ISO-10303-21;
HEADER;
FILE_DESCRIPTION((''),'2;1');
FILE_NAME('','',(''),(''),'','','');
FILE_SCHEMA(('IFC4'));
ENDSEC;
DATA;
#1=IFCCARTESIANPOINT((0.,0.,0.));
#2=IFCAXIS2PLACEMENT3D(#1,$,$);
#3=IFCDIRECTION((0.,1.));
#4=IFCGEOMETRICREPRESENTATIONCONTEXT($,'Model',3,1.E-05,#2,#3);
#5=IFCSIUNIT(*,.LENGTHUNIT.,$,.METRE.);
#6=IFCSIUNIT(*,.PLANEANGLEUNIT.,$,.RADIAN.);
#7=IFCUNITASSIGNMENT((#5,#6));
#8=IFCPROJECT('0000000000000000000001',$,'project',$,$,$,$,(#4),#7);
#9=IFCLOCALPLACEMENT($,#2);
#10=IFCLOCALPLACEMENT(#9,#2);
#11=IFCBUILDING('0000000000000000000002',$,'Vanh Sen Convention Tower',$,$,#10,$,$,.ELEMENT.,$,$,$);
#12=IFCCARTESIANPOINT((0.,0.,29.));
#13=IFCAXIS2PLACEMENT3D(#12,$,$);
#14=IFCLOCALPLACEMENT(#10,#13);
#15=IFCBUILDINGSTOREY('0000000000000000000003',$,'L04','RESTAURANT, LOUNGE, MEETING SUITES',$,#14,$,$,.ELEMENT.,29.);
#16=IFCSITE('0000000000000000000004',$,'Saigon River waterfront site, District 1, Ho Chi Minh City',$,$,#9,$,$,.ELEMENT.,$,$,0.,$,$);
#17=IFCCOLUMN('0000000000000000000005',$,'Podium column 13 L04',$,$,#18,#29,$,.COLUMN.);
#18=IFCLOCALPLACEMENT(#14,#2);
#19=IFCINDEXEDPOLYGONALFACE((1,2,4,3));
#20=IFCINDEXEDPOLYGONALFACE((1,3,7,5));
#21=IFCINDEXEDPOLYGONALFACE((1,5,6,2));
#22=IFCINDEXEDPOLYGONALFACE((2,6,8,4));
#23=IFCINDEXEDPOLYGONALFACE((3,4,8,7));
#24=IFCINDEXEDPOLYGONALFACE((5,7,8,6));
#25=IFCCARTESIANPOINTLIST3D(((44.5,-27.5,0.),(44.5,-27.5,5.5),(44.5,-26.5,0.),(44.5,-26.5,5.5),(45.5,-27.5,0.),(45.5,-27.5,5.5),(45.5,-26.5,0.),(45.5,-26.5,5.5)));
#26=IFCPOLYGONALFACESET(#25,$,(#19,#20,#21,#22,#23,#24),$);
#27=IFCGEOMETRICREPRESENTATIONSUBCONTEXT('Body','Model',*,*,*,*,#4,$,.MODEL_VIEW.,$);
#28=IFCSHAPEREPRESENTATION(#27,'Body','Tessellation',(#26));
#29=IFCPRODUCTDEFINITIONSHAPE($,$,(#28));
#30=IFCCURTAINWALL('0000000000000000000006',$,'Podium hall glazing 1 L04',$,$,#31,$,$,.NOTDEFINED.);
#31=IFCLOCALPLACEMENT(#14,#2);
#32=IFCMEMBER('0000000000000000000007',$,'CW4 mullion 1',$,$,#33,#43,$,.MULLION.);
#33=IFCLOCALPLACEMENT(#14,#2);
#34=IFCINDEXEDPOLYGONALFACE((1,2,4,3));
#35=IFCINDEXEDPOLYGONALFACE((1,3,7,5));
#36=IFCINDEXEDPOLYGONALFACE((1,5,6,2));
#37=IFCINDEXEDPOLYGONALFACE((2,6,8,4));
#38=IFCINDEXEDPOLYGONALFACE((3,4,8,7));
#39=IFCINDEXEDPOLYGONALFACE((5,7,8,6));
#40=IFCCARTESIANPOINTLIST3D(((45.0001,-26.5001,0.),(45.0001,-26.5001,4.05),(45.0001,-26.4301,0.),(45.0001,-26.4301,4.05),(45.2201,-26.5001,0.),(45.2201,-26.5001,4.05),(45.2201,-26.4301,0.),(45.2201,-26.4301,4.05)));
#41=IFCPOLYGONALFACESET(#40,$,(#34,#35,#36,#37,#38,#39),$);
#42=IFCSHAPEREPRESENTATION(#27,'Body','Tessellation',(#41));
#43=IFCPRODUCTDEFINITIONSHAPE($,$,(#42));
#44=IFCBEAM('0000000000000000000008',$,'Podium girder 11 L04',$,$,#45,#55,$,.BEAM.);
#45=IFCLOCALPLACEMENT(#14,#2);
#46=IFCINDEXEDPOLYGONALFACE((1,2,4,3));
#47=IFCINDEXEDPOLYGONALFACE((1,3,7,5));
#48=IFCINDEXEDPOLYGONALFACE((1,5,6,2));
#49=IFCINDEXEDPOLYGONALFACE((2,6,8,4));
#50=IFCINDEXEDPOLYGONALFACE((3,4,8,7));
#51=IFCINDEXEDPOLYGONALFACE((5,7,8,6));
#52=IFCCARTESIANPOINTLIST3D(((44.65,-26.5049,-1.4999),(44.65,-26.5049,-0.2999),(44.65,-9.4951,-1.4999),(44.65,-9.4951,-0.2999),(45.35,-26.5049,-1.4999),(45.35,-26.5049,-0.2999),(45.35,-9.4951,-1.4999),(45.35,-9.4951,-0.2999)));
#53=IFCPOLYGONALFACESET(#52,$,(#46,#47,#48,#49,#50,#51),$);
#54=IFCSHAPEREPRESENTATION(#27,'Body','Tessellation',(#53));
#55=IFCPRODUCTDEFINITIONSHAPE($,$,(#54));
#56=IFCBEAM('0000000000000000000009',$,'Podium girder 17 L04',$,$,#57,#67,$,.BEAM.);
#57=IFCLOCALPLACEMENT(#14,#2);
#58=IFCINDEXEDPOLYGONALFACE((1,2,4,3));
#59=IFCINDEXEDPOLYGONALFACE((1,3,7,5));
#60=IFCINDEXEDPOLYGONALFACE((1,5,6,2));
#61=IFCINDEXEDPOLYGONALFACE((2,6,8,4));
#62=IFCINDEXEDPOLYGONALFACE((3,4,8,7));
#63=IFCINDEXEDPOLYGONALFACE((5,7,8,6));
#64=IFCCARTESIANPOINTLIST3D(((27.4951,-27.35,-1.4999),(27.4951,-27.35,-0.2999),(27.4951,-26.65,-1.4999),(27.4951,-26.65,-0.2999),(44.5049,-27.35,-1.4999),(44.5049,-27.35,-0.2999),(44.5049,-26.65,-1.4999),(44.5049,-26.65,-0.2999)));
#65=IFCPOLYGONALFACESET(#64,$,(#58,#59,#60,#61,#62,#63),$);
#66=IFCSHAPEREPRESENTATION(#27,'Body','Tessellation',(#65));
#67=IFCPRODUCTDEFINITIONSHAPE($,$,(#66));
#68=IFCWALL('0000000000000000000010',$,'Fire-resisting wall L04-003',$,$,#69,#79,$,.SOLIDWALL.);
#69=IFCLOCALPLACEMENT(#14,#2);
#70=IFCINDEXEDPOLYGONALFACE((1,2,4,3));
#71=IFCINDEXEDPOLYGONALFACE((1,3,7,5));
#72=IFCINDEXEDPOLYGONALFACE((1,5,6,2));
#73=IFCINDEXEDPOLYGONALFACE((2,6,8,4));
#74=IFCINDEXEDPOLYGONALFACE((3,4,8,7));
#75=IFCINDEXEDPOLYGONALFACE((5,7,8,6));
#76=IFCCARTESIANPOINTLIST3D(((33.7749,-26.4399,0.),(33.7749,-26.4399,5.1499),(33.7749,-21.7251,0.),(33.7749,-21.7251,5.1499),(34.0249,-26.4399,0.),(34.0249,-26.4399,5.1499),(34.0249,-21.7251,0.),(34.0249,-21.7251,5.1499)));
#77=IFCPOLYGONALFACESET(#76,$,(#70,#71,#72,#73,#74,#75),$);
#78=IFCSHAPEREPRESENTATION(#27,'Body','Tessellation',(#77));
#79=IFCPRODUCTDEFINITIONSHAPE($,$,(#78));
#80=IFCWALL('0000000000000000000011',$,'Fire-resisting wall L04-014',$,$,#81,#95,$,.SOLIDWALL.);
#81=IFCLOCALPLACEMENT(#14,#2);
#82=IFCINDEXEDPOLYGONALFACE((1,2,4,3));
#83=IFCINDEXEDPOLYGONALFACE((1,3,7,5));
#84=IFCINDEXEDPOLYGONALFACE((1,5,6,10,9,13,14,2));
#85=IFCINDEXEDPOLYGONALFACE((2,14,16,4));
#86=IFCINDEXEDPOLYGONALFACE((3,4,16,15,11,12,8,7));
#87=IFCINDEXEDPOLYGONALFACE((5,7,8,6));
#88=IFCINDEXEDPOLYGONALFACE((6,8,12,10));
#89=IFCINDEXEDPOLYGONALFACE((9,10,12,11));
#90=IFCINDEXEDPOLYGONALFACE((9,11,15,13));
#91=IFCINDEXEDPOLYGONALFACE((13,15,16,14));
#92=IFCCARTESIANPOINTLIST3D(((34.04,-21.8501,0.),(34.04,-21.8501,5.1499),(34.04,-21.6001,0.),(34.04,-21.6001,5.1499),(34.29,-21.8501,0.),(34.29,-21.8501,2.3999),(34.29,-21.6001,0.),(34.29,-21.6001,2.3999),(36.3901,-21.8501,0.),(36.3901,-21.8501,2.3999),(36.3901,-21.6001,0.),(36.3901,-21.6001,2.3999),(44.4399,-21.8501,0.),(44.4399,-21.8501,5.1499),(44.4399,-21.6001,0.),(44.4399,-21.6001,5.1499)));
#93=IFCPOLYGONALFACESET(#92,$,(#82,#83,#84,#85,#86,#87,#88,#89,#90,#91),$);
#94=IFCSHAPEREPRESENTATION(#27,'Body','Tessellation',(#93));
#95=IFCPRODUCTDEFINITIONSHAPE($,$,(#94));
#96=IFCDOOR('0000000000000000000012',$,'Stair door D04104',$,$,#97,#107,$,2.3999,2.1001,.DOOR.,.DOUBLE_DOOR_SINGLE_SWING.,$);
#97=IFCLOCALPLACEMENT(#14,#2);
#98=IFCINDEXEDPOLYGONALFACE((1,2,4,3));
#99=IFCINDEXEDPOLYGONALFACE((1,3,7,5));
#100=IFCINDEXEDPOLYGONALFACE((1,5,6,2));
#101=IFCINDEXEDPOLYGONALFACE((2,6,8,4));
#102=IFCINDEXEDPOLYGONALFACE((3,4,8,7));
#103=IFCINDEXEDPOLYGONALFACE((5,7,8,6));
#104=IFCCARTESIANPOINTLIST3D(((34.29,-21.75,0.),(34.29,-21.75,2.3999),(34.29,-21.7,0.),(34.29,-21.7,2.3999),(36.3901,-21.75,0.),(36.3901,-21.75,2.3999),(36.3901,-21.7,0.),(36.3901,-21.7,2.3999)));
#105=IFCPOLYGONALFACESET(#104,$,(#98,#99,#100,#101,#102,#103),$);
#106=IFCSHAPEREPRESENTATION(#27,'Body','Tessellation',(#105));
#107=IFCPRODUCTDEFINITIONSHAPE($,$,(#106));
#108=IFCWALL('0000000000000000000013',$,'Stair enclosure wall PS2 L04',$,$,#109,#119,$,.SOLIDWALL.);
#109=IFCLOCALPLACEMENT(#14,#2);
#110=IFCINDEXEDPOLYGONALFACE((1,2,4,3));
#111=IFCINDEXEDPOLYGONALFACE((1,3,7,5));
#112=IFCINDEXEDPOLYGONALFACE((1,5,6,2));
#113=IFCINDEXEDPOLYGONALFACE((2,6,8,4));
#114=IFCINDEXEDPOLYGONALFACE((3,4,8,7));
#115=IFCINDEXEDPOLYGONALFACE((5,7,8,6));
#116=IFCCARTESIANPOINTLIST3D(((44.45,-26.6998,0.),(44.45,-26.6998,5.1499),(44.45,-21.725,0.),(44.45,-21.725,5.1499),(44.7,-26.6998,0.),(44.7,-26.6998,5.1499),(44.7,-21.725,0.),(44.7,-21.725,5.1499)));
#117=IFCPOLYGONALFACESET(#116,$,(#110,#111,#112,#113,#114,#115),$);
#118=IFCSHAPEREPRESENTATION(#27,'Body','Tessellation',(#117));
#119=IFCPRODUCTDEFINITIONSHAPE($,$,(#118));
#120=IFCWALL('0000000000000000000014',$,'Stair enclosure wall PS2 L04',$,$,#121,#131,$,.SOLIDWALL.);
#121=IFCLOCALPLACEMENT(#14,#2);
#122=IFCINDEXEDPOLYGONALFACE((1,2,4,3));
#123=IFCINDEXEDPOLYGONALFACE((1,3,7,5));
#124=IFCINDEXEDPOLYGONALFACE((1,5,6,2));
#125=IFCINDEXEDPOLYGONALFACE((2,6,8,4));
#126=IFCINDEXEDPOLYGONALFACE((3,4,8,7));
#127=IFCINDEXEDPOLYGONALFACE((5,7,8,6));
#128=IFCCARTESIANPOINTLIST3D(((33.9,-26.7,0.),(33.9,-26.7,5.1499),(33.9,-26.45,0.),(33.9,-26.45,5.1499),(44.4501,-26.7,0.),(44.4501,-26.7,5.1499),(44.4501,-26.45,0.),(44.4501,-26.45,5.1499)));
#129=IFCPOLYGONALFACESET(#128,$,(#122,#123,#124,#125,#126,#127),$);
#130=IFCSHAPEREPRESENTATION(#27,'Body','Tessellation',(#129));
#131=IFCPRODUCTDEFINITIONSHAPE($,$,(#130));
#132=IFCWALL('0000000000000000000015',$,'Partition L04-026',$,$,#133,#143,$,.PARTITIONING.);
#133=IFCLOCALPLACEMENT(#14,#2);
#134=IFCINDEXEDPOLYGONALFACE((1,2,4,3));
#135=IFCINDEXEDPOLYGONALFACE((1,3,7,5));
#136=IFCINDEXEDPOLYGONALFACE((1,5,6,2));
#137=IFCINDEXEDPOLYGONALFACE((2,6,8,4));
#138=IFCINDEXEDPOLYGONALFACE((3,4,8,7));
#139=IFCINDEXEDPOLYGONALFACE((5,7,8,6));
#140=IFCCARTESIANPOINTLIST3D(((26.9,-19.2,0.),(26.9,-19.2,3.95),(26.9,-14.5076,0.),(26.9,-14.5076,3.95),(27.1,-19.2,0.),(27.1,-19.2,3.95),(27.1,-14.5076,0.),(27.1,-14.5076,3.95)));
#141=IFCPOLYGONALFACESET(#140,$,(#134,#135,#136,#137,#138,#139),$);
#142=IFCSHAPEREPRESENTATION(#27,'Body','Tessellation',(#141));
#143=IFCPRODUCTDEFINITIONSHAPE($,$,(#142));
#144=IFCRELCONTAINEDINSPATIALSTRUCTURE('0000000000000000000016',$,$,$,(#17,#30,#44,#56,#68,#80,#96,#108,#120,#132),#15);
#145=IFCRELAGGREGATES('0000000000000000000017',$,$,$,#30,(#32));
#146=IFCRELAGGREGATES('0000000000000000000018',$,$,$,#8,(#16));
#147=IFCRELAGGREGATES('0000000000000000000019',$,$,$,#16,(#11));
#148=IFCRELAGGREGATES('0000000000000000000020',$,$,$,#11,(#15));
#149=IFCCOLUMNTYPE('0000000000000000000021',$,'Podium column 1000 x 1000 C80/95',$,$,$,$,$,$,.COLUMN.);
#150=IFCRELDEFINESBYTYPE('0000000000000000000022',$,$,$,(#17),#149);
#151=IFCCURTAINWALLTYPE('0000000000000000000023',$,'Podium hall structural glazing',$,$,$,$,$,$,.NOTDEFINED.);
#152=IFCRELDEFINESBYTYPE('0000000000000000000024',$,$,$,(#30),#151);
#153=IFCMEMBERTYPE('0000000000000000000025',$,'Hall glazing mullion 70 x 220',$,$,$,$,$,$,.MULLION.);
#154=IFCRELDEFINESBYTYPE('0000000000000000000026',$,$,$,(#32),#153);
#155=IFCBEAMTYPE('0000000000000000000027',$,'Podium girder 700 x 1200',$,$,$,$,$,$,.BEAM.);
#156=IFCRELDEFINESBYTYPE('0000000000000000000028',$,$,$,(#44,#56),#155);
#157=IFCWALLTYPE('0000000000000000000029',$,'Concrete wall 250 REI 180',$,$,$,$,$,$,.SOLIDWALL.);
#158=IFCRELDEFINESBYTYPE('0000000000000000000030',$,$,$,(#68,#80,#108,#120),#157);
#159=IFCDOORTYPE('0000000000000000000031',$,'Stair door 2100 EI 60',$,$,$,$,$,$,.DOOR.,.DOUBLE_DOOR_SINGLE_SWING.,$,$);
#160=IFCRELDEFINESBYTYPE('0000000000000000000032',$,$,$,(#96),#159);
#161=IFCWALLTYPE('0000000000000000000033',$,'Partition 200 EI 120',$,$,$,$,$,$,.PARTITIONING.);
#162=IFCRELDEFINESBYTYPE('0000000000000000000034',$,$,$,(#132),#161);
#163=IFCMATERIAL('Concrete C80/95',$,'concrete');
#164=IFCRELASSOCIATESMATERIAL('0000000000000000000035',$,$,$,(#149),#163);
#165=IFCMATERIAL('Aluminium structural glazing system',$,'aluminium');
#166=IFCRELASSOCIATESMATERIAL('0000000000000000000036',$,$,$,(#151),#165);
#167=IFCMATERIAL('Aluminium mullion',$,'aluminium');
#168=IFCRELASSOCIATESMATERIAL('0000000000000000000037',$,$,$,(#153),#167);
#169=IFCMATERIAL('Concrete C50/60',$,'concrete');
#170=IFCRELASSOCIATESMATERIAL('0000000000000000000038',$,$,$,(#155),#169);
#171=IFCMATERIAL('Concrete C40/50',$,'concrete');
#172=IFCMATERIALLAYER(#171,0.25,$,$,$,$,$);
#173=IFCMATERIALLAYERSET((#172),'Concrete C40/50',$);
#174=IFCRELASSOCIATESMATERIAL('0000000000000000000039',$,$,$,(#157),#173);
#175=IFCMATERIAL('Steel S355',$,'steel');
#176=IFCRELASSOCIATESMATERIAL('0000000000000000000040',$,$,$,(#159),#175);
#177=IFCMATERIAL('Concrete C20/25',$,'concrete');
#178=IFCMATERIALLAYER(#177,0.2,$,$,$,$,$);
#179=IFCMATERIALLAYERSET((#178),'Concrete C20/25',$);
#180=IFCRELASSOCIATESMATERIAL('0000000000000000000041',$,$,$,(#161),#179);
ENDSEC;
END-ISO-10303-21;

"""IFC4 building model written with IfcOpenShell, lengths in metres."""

from ifc_helpers import new_model, si_unit, direction, frame, frame_2d, origin, origin_2d, place, context, subcontext, project, spatial, rectangle, extrude, material, layer, layer_set, material_profile, profile_set, type_object, element, fill, aggregate, save


model = new_model("IFC4")

# Units and contexts
model_context = context("Model", 3, precision=1e-05, world=origin(), true_north=direction((0.0, 1.0)))
body_context = subcontext(model_context, "Body", "Model", "MODEL_VIEW")
ifc_project = project(units=[si_unit("LENGTHUNIT", "METRE"), si_unit("PLANEANGLEUNIT", "RADIAN")], contexts=[model_context])

# Site, building, storey
site_placement = place(None, origin())
site = spatial("IfcSite", under=ifc_project, at=site_placement, Name="Saigon River waterfront site, District 1, Ho Chi Minh City", CompositionType="ELEMENT", RefElevation=0.0)
building_placement = place(site_placement, origin())
building = spatial("IfcBuilding", under=site, at=building_placement, Name="Vanh Sen Convention Tower", CompositionType="ELEMENT")
storey_placement = place(building_placement, frame((0.0, 0.0, 29.0)))
storey = spatial("IfcBuildingStorey", under=building, at=storey_placement, Name="L04", Description="RESTAURANT, LOUNGE, MEETING SUITES", CompositionType="ELEMENT", Elevation=29.0)

# Column
ifc_material_1 = material(Name="Concrete C80/95", Category="concrete")
ifc_material_profile_1 = material_profile(ifc_material_1, rectangle(XDim=1.0, YDim=1.0, at=origin_2d()), Name="RC 1000X1000")
ifc_profile_set_1 = profile_set([ifc_material_profile_1], Name="Concrete C80/95")
column_type = type_object("IfcColumnType", Name="Podium column 1000 x 1000 C80/95", PredefinedType="COLUMN", material=ifc_profile_set_1)
column_placement = place(storey_placement, frame((45.0, -27.0, 0.0), z_axis=(0.0, 0.0, 1.0), x_axis=(1.0, 0.0, 0.0)))
element("IfcColumn", 1, at=column_placement, inside=storey, type_object=column_type, Name="Podium column 13 L04", PredefinedType="COLUMN", context=body_context, shape_type="SweptSolid", body=[
    extrude(rectangle(XDim=1.0, YDim=1.0, at=origin_2d()), origin(), (0.0, 0.0, 1.0), 5.5),
])

# Curtain wall, member
ifc_material_2 = material(Name="Aluminium structural glazing system", Category="aluminium")
curtain_wall_type = type_object("IfcCurtainWallType", Name="Podium hall structural glazing", PredefinedType="NOTDEFINED", material=ifc_material_2)
curtain_wall_placement = place(storey_placement, origin())
curtain_wall = element("IfcCurtainWall", 2, at=curtain_wall_placement, inside=storey, type_object=curtain_wall_type, Name="Podium hall glazing 1 L04", PredefinedType="NOTDEFINED")
ifc_material_3 = material(Name="Aluminium mullion", Category="aluminium")
ifc_material_profile_2 = material_profile(ifc_material_3, rectangle(XDim=0.22, YDim=0.0701, at=origin_2d()), Name="Hall glazing mullion 70 x 220")
ifc_profile_set_2 = profile_set([ifc_material_profile_2], Name="Aluminium mullion")
member_type = type_object("IfcMemberType", Name="Hall glazing mullion 70 x 220", PredefinedType="MULLION", material=ifc_profile_set_2)
member_placement = place(storey_placement, frame((45.1101, -26.4651, 0.0), z_axis=(0.0, 0.0, 1.0), x_axis=(-1.0, 0.0, 0.0)))
member = element("IfcMember", 3, at=member_placement, type_object=member_type, Name="CW4 mullion 1", PredefinedType="MULLION", context=body_context, shape_type="SweptSolid", body=[
    extrude(rectangle(XDim=0.22, YDim=0.0701, at=origin_2d()), origin(), (0.0, 0.0, 1.0), 4.05),
])
aggregate(curtain_wall, [member])

# Beams
ifc_material_4 = material(Name="Concrete C50/60", Category="concrete")
ifc_material_profile_3 = material_profile(ifc_material_4, rectangle(XDim=0.7, YDim=1.2, at=origin_2d()), Name="RC 700X1200")
ifc_profile_set_3 = profile_set([ifc_material_profile_3], Name="Concrete C50/60")
beam_type = type_object("IfcBeamType", Name="Podium girder 700 x 1200", PredefinedType="BEAM", material=ifc_profile_set_3)
for number, where, z_axis, x_axis, name in (
    (4, (45.0, -26.5049, -0.8999), (0.0, 1.0, 0.0), (-1.0, 0.0, 0.0), "Podium girder 11 L04"),
    (5, (27.4951, -27.0, -0.8999), (1.0, 0.0, 0.0), (0.0, 1.0, 0.0), "Podium girder 17 L04"),
):
    element("IfcBeam", number, at=place(storey_placement, frame(where, z_axis=z_axis, x_axis=x_axis)), inside=storey, type_object=beam_type, Name=name, PredefinedType="BEAM", context=body_context, shape_type="SweptSolid", body=[
        extrude(rectangle(XDim=0.7, YDim=1.2, at=origin_2d()), origin(), (0.0, 0.0, 1.0), 17.0098),
    ])

# Wall
ifc_material_5 = material(Name="Concrete C40/50", Category="concrete")
ifc_layer_1 = layer(ifc_material_5, 0.25)
ifc_layer_set_1 = layer_set([ifc_layer_1], Name="Concrete C40/50")
wall_type_1 = type_object("IfcWallType", Name="Concrete wall 250 REI 180", PredefinedType="SOLIDWALL", material=ifc_layer_set_1)
wall_1_placement = place(storey_placement, frame((33.8999, -26.4399, 0.0), z_axis=(0.0, 0.0, 1.0), x_axis=(0.0, 1.0, 0.0)))
element("IfcWall", 6, at=wall_1_placement, inside=storey, type_object=wall_type_1, Name="Fire-resisting wall L04-003", PredefinedType="SOLIDWALL", context=body_context, shape_type="SweptSolid", body=[
    extrude(rectangle(XDim=4.7148, YDim=0.25, at=frame_2d((2.3574, 0.0))), origin(), (0.0, 0.0, 1.0), 5.1499),
])

# Wall, opening, door
wall_2_placement = place(storey_placement, frame((34.04, -21.7251, 0.0), z_axis=(0.0, 0.0, 1.0), x_axis=(1.0, 0.0, 0.0)))
wall_2 = element("IfcWall", 7, at=wall_2_placement, inside=storey, type_object=wall_type_1, Name="Fire-resisting wall L04-014", PredefinedType="SOLIDWALL", context=body_context, shape_type="SweptSolid", body=[
    extrude(rectangle(XDim=10.3999, YDim=0.25, at=frame_2d((5.2, 0.0))), origin(), (0.0, 0.0, 1.0), 5.1499),
])
opening_1_placement = place(wall_2_placement, frame((0.25, 0.0, 0.0)))
opening_1 = element("IfcOpeningElement", 8, at=opening_1_placement, cuts=wall_2, PredefinedType="OPENING", context=body_context, shape_type="SweptSolid", body=[
    extrude(rectangle(XDim=2.1001, YDim=2.3999, at=frame_2d((1.05, 1.2))), frame((0.0, 0.135, 0.0), z_axis=(0.0, -1.0, 0.0), x_axis=(1.0, 0.0, 0.0)), (0.0, 0.0, 1.0), 0.27),
])
ifc_material_6 = material(Name="Steel S355", Category="steel")
door_type = type_object("IfcDoorType", Name="Stair door 2100 EI 60", OperationType="DOUBLE_DOOR_SINGLE_SWING", PredefinedType="DOOR", material=ifc_material_6)
door_placement = place(opening_1_placement, frame((2.1001, 0.0, 0.0), z_axis=(0.0, 0.0, 1.0), x_axis=(-1.0, 0.0, 0.0)))
door = element("IfcDoor", 9, at=door_placement, inside=storey, type_object=door_type, Name="Stair door D04104", OperationType="DOUBLE_DOOR_SINGLE_SWING", OverallHeight=2.3999, OverallWidth=2.1001, PredefinedType="DOOR", context=body_context, shape_type="SweptSolid", body=[
    extrude(rectangle(XDim=2.1001, YDim=2.3999, at=frame_2d((1.05, 1.2))), frame((0.0, 0.0249, 0.0), z_axis=(0.0, -1.0, 0.0), x_axis=(1.0, 0.0, 0.0)), (0.0, 0.0, 1.0), 0.05),
])
fill(opening_1, door)

# Walls
wall_3_placement = place(storey_placement, frame((44.575, -21.7251, 0.0), z_axis=(0.0, 0.0, 1.0), x_axis=(0.0, -1.0, 0.0)))
element("IfcWall", 10, at=wall_3_placement, inside=storey, type_object=wall_type_1, Name="Stair enclosure wall PS2 L04", PredefinedType="SOLIDWALL", context=body_context, shape_type="SweptSolid", body=[
    extrude(rectangle(XDim=4.9749, YDim=0.25, at=frame_2d((2.4873, 0.0))), origin(), (0.0, 0.0, 1.0), 5.1499),
])
wall_4_placement = place(storey_placement, frame((44.45, -26.575, 0.0), z_axis=(0.0, 0.0, 1.0), x_axis=(-1.0, 0.0, 0.0)))
element("IfcWall", 11, at=wall_4_placement, inside=storey, type_object=wall_type_1, Name="Stair enclosure wall PS2 L04", PredefinedType="SOLIDWALL", context=body_context, shape_type="SweptSolid", body=[
    extrude(rectangle(XDim=10.55, YDim=0.25, at=frame_2d((5.2749, 0.0))), origin(), (0.0, 0.0, 1.0), 5.1499),
])
ifc_material_7 = material(Name="Concrete C20/25", Category="concrete")
ifc_layer_2 = layer(ifc_material_7, 0.2)
ifc_layer_set_2 = layer_set([ifc_layer_2], Name="Concrete C20/25")
wall_type_2 = type_object("IfcWallType", Name="Partition 200 EI 120", PredefinedType="PARTITIONING", material=ifc_layer_set_2)
wall_5_placement = place(storey_placement, frame((27.0, -19.2, 0.0), z_axis=(0.0, 0.0, 1.0), x_axis=(0.0, 1.0, 0.0)))
element("IfcWall", 12, at=wall_5_placement, inside=storey, type_object=wall_type_2, Name="Partition L04-026", PredefinedType="PARTITIONING", context=body_context, shape_type="SweptSolid", body=[
    extrude(rectangle(XDim=4.6924, YDim=0.2, at=frame_2d((2.3462, 0.0))), origin(), (0.0, 0.0, 1.0), 3.95),
])

save(model, "model.ifc")
